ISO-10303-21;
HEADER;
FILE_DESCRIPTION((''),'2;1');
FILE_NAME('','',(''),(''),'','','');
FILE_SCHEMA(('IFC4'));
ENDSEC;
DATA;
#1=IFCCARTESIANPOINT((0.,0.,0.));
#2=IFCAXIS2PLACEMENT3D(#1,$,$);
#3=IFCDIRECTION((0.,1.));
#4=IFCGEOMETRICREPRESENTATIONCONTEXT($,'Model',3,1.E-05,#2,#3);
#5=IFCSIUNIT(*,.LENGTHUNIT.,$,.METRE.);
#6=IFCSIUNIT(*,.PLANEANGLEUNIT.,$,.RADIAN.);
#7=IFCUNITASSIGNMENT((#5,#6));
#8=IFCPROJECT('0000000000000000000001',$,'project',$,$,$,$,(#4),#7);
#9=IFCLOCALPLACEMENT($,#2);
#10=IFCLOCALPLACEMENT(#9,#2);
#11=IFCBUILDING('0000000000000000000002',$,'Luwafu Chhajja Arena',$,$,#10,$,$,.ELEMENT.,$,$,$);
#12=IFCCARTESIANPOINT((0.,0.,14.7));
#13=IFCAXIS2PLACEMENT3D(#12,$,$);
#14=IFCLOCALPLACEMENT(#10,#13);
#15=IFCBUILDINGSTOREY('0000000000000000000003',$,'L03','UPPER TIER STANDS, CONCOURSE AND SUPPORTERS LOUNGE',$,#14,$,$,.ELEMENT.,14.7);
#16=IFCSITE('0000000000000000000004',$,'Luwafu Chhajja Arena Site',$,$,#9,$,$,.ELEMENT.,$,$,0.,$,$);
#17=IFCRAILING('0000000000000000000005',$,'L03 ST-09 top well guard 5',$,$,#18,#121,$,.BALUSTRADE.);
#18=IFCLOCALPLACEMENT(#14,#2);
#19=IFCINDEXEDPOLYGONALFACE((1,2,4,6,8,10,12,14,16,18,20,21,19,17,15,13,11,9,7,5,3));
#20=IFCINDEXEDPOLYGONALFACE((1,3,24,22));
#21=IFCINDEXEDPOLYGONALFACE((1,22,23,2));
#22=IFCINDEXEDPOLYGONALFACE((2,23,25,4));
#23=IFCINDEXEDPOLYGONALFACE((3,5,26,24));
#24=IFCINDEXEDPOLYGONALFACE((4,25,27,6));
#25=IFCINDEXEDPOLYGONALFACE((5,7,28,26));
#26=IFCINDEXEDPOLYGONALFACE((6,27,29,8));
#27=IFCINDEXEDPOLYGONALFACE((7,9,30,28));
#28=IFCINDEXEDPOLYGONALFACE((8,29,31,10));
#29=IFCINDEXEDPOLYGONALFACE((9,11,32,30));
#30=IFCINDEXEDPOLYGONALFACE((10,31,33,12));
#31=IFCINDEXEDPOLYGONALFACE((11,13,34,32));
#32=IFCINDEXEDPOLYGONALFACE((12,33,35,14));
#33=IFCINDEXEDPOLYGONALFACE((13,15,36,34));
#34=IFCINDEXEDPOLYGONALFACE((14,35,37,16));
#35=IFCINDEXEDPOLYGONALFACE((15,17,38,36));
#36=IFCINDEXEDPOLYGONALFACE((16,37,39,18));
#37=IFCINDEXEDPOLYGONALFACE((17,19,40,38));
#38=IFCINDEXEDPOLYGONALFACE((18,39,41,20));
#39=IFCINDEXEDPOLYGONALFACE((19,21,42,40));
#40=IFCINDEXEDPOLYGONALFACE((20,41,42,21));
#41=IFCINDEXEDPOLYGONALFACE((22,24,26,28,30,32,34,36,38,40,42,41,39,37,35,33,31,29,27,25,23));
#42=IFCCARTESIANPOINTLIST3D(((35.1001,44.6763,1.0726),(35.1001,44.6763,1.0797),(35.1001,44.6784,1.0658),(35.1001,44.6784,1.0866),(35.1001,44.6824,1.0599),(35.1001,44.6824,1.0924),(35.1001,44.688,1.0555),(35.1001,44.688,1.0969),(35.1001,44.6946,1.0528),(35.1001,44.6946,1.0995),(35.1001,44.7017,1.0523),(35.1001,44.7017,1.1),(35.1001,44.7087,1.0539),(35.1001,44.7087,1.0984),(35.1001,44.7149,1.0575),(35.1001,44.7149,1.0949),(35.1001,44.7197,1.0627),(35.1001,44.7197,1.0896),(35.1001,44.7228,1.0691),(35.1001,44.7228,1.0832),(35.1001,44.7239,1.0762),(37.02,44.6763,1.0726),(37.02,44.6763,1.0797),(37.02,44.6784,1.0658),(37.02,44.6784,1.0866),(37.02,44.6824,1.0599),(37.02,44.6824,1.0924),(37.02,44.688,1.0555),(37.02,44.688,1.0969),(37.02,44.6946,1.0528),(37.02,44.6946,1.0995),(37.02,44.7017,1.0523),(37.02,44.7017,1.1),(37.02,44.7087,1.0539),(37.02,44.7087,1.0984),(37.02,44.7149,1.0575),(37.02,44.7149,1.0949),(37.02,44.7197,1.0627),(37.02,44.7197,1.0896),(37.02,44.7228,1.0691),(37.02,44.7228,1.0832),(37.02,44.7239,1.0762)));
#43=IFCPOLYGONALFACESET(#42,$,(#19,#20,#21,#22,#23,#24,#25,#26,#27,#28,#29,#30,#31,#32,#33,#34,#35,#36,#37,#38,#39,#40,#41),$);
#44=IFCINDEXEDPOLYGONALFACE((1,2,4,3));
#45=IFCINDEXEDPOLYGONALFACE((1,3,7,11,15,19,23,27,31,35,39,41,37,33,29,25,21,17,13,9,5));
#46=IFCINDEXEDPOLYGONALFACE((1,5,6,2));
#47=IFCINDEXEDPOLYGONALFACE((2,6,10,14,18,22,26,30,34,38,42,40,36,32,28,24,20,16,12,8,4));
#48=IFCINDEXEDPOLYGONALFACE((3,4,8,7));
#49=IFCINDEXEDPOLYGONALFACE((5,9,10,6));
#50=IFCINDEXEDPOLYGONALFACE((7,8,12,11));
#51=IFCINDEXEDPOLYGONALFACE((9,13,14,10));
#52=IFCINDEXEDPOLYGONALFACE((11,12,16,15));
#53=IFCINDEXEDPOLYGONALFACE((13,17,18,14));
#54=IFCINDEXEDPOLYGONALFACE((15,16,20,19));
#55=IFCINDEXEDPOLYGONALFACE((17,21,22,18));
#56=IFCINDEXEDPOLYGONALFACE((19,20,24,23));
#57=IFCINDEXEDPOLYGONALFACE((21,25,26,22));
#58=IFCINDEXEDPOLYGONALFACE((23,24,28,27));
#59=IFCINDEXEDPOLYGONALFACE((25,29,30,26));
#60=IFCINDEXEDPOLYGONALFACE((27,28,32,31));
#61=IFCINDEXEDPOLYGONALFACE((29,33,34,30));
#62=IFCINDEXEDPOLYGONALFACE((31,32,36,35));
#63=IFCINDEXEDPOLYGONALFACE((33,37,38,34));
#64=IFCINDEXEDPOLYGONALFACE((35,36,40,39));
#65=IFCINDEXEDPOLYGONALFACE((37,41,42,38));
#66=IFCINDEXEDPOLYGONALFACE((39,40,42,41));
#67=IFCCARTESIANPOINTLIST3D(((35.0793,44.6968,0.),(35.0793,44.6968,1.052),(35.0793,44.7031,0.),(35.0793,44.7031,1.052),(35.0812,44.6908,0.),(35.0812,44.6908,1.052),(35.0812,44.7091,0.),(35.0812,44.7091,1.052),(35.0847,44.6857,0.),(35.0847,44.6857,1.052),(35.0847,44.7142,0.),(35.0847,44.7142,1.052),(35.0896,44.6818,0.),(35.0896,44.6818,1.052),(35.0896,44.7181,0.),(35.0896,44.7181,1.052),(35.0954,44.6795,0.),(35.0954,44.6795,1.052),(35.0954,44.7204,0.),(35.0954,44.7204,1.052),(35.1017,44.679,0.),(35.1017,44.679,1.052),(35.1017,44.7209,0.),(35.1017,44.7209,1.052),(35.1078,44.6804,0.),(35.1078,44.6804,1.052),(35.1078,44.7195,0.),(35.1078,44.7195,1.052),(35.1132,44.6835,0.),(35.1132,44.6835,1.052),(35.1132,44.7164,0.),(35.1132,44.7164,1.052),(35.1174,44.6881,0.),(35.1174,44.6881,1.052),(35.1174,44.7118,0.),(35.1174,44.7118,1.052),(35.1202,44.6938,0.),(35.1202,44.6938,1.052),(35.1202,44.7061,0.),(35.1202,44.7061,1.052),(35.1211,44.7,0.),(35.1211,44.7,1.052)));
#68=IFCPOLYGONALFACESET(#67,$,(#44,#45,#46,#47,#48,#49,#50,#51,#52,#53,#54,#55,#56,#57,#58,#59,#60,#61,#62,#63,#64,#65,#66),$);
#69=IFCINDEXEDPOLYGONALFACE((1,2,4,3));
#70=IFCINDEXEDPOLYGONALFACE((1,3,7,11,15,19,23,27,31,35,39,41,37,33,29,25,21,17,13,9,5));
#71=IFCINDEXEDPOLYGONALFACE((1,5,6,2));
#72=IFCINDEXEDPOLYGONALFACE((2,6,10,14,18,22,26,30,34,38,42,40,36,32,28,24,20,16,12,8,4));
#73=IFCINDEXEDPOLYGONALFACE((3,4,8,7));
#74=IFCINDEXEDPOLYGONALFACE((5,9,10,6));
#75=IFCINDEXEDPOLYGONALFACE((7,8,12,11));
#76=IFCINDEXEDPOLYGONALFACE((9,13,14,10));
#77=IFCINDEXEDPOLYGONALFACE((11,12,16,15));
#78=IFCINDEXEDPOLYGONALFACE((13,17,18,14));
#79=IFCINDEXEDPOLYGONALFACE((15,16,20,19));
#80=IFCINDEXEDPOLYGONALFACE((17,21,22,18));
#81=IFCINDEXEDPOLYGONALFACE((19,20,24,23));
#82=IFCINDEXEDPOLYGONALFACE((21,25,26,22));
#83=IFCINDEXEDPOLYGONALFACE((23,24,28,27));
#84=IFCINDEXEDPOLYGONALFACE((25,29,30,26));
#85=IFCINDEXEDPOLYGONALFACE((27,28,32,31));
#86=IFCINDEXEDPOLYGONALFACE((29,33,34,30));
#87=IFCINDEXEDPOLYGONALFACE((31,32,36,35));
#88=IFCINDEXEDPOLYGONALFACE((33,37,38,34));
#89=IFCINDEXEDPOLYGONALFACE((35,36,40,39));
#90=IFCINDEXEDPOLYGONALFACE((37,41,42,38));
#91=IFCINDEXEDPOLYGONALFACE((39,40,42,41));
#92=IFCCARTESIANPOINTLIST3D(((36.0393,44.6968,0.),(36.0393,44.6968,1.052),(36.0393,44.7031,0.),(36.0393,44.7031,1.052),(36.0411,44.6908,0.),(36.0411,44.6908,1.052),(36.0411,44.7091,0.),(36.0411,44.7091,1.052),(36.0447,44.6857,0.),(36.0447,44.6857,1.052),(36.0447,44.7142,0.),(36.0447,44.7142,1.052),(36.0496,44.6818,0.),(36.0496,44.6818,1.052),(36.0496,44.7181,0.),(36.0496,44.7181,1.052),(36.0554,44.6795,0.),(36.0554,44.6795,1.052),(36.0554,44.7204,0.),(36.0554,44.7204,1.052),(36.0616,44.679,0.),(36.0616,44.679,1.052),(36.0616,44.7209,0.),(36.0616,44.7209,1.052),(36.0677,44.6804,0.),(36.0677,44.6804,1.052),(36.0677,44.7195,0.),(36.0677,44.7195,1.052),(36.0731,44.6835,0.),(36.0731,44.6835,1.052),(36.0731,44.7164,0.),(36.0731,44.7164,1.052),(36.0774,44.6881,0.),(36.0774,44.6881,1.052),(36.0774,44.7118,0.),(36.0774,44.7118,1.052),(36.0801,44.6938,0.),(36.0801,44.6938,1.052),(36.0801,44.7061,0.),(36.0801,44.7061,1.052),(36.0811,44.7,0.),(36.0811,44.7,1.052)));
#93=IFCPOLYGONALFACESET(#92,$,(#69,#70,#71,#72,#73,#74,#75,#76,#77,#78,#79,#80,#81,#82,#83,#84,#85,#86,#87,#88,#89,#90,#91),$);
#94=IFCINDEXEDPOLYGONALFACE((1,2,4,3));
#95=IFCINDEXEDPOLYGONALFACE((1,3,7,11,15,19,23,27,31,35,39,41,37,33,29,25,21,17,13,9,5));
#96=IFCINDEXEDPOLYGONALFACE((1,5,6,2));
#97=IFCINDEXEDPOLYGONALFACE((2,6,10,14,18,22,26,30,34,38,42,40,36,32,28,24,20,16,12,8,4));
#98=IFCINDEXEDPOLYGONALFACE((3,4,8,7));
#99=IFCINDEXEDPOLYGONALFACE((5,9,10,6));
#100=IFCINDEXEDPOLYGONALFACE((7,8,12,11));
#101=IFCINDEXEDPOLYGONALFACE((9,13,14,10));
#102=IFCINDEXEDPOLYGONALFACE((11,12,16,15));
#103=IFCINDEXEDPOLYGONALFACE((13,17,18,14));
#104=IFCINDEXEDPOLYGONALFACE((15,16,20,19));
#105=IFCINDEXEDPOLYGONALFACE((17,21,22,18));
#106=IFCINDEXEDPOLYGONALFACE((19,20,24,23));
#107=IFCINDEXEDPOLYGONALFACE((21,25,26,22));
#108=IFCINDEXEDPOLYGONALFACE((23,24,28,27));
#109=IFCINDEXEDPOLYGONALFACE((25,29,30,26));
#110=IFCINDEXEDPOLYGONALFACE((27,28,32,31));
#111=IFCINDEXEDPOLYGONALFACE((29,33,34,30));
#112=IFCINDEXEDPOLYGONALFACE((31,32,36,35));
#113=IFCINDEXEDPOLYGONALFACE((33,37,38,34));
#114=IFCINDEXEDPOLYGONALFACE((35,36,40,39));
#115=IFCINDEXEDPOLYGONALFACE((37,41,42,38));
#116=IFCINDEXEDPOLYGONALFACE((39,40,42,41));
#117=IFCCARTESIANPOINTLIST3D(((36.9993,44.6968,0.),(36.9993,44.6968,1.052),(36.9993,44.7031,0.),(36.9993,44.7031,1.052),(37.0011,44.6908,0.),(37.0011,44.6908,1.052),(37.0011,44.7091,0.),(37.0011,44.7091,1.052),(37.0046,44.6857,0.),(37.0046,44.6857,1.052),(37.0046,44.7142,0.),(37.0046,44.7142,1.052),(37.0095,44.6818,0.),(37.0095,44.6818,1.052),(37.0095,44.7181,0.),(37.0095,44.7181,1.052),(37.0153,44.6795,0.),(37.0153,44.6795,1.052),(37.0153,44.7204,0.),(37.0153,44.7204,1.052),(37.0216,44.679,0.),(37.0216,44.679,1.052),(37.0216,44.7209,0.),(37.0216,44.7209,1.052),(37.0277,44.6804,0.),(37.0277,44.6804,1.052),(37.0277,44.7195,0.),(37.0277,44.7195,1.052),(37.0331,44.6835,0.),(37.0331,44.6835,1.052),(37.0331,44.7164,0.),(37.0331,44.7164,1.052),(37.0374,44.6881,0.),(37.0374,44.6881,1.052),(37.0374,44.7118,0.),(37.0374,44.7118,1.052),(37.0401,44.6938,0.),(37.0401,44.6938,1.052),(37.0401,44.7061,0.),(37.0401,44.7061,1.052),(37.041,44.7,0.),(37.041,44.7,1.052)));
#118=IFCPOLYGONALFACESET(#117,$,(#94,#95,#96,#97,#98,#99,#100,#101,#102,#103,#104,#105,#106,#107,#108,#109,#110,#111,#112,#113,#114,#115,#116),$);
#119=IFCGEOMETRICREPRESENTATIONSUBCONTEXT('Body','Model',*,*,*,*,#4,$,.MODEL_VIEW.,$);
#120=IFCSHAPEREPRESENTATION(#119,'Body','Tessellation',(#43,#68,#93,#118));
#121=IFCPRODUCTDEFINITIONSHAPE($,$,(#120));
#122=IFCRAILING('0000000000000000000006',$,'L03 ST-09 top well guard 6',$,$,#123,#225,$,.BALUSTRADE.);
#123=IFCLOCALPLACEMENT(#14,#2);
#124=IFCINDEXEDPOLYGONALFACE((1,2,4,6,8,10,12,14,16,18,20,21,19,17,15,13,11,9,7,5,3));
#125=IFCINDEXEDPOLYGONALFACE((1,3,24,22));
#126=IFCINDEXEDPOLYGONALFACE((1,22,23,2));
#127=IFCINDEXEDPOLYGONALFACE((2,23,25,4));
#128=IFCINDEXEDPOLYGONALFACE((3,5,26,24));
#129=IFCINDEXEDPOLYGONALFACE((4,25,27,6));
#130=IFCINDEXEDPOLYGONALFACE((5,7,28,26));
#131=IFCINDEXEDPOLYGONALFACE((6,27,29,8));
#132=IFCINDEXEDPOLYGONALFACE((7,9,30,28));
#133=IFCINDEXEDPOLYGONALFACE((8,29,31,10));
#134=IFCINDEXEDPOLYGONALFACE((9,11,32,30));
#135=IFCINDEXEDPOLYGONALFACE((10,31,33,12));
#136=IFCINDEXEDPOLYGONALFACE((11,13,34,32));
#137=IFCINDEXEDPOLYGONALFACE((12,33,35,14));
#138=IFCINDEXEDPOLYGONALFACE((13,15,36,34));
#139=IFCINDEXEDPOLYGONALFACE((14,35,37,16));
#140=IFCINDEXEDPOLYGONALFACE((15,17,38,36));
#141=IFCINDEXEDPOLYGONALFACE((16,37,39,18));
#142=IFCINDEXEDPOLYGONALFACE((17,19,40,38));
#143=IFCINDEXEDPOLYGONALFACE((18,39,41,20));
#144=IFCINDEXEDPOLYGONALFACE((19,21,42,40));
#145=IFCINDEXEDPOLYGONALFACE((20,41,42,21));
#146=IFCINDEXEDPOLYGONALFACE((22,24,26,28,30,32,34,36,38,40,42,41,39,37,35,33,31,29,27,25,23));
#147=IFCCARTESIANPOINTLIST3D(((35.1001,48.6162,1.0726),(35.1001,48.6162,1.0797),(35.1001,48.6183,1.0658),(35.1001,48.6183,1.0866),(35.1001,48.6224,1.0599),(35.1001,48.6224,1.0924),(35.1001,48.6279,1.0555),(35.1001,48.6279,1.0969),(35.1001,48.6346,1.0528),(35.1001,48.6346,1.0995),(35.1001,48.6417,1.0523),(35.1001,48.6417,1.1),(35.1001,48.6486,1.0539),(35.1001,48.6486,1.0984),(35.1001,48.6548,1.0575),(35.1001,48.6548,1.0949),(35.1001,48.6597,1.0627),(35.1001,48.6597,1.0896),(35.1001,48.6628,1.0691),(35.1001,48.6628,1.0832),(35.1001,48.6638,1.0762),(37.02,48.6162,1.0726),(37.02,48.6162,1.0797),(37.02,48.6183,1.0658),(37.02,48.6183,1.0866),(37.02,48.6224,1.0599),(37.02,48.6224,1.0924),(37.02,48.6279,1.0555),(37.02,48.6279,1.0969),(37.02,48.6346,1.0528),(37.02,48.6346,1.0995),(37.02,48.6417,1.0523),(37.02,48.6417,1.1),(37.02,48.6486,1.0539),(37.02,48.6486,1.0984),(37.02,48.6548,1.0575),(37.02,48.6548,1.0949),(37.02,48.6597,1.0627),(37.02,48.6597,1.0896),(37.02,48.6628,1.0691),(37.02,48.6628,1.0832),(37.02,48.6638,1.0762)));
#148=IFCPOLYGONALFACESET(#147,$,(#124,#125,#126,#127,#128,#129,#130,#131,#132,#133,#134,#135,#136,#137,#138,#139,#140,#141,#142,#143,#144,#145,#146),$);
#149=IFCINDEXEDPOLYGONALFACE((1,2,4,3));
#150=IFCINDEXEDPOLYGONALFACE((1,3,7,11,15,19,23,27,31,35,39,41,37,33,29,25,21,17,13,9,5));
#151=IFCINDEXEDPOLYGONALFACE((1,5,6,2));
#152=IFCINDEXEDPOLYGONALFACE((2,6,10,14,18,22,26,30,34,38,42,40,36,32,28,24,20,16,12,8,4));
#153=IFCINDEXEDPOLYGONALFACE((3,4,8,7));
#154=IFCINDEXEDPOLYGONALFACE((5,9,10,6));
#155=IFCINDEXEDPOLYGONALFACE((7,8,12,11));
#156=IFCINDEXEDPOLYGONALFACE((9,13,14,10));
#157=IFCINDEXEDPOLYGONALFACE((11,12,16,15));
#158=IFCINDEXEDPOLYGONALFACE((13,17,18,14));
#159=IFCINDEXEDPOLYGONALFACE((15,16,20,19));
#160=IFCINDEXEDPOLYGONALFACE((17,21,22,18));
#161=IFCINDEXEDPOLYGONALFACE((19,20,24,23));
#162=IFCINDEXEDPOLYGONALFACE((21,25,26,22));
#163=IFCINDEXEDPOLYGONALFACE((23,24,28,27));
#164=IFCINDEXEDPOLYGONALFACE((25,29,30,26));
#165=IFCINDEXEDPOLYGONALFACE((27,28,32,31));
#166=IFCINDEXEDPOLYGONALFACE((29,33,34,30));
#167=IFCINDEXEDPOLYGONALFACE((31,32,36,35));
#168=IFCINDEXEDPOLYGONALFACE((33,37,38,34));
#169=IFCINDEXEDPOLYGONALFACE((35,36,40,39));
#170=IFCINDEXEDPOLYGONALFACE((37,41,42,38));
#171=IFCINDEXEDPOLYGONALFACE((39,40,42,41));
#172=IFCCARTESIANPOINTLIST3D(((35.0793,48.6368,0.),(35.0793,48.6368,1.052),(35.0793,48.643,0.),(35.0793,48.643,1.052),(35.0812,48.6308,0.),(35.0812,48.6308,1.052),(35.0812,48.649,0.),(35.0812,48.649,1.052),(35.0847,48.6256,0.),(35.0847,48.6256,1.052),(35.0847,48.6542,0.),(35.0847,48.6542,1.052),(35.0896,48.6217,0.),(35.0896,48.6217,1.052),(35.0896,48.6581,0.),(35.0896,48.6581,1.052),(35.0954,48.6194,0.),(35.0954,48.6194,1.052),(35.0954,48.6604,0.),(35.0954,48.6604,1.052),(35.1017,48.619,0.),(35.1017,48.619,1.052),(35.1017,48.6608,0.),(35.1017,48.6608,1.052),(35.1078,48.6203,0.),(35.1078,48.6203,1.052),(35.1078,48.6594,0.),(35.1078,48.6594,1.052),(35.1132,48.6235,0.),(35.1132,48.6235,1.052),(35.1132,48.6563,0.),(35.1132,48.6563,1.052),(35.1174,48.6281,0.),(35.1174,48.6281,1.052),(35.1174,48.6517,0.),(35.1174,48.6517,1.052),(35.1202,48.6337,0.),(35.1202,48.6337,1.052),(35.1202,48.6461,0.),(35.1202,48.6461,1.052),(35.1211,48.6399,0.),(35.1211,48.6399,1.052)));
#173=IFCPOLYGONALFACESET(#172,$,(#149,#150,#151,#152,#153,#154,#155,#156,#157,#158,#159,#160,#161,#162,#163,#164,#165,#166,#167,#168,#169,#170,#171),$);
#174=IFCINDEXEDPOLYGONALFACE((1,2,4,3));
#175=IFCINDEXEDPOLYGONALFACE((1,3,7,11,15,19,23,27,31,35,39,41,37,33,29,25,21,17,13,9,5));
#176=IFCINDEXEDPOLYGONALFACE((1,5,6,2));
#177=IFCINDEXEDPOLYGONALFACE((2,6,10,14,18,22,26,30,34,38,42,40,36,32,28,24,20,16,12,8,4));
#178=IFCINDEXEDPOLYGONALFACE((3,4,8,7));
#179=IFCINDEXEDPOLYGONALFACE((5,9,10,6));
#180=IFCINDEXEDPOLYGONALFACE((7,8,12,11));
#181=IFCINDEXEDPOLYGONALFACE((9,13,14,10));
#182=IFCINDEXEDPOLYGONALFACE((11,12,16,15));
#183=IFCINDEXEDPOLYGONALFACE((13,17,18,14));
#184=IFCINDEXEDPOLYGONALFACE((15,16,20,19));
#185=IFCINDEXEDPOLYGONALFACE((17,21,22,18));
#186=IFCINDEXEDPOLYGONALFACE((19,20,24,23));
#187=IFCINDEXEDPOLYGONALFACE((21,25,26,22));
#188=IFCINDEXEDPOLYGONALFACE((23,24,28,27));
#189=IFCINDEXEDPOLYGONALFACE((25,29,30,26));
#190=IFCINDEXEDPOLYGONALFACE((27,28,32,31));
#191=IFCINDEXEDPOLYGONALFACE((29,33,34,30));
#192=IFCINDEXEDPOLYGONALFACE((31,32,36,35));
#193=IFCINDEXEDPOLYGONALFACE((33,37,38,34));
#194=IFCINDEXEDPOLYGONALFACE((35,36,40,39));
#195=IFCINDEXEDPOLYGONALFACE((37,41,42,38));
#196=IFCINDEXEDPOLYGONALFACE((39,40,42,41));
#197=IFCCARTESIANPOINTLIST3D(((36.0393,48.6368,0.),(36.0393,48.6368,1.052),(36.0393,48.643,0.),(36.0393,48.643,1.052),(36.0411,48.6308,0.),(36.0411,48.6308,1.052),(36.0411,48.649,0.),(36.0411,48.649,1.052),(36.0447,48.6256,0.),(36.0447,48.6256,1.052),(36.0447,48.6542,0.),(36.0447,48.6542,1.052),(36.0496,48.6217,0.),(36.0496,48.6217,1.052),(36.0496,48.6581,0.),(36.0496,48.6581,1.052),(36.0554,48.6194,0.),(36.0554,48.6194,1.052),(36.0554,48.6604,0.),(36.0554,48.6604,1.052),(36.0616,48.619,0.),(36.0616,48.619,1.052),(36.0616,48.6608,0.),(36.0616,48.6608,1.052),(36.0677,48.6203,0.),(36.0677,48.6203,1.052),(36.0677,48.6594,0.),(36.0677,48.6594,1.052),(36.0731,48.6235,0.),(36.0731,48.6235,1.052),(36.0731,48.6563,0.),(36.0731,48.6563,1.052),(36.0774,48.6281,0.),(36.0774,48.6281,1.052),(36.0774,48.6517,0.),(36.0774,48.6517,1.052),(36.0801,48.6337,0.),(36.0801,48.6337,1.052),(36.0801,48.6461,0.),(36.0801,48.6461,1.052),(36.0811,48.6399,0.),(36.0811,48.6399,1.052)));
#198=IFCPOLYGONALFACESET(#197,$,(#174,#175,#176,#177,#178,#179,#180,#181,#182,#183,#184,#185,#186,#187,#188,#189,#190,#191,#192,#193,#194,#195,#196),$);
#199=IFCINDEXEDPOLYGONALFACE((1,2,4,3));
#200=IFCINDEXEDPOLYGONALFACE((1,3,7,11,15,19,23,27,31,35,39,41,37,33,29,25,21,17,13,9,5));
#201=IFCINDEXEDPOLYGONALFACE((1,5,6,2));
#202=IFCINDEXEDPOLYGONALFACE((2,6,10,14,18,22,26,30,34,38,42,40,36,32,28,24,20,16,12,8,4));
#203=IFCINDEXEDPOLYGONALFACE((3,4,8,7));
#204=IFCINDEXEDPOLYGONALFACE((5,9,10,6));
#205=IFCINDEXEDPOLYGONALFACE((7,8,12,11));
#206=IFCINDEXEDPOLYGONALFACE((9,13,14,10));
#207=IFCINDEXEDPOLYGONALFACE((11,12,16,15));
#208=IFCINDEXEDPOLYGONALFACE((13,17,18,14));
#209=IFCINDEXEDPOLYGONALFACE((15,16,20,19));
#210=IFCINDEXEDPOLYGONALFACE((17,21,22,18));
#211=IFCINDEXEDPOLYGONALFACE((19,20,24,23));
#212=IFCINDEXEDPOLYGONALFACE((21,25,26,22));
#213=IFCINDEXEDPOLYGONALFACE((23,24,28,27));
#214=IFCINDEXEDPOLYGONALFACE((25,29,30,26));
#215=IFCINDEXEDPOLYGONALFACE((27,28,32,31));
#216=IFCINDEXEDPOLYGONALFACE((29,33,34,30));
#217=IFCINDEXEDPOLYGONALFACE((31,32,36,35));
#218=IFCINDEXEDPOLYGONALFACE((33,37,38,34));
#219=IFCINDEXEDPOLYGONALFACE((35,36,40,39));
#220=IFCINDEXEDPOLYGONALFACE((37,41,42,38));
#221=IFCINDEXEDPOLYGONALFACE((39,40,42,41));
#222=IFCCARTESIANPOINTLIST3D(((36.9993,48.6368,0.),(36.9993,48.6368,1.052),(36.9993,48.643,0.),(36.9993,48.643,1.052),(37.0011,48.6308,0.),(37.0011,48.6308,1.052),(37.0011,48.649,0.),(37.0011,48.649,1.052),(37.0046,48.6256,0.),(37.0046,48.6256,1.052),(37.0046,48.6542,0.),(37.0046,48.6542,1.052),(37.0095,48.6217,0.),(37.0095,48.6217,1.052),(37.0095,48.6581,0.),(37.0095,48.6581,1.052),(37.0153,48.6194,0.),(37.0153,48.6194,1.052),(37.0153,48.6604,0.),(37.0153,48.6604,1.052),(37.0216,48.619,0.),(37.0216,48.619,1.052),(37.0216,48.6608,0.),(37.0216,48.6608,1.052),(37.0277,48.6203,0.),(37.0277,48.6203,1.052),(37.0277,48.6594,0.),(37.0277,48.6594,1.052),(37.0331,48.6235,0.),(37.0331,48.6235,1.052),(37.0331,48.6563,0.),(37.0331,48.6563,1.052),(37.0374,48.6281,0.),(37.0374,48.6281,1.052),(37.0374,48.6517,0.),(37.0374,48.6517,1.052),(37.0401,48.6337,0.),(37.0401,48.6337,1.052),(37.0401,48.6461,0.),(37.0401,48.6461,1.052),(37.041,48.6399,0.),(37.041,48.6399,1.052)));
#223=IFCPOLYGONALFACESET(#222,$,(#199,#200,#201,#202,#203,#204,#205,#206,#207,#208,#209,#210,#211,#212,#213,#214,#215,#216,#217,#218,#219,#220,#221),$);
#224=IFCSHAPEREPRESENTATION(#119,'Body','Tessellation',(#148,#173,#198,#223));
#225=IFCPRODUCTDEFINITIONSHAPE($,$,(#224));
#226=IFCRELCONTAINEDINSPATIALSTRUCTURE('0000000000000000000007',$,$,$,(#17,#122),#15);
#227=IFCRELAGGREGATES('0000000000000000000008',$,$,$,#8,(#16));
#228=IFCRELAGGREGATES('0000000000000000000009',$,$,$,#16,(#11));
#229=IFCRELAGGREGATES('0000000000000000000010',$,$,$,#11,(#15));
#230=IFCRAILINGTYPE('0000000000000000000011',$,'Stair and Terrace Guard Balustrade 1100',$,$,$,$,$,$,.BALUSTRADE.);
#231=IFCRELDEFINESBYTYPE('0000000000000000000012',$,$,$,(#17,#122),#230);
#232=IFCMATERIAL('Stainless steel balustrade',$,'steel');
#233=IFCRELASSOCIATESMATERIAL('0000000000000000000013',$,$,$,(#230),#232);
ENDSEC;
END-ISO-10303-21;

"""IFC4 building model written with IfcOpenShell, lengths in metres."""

from ifc_helpers import new_model, si_unit, direction, frame, origin, origin_2d, place, context, subcontext, project, spatial, circle, extrude, material, type_object, element, save


model = new_model("IFC4")

# Units and contexts
model_context = context("Model", 3, precision=1e-05, world=origin(), true_north=direction((0.0, 1.0)))
body_context = subcontext(model_context, "Body", "Model", "MODEL_VIEW")
ifc_project = project(units=[si_unit("LENGTHUNIT", "METRE"), si_unit("PLANEANGLEUNIT", "RADIAN")], contexts=[model_context])

# Site, building, storey
site_placement = place(None, origin())
site = spatial("IfcSite", under=ifc_project, at=site_placement, Name="Luwafu Chhajja Arena Site", CompositionType="ELEMENT", RefElevation=0.0)
building_placement = place(site_placement, origin())
building = spatial("IfcBuilding", under=site, at=building_placement, Name="Luwafu Chhajja Arena", CompositionType="ELEMENT")
storey_placement = place(building_placement, frame((0.0, 0.0, 14.7)))
storey = spatial("IfcBuildingStorey", under=building, at=storey_placement, Name="L03", Description="UPPER TIER STANDS, CONCOURSE AND SUPPORTERS LOUNGE", CompositionType="ELEMENT", Elevation=14.7)

# Railings
ifc_material_1 = material(Name="Stainless steel balustrade", Category="steel")
railing_type = type_object("IfcRailingType", Name="Stair and Terrace Guard Balustrade 1100", PredefinedType="BALUSTRADE", material=ifc_material_1)
for number, where, name in (
    (1, (35.1001, 44.7, 0.0), "L03 ST-09 top well guard 5"),
    (2, (35.1001, 48.6399, 0.0), "L03 ST-09 top well guard 6"),
):
    element("IfcRailing", number, at=place(storey_placement, frame(where)), inside=storey, type_object=railing_type, Name=name, PredefinedType="BALUSTRADE", context=body_context, shape_type="SweptSolid", body=[
        extrude(circle(Radius=0.0239, at=origin_2d()), frame((0.0, 0.0, 1.0762), z_axis=(1.0, 0.0, 0.0), x_axis=(0.0, 1.0, 0.0)), (0.0, 0.0, 1.0), 1.9199),
        extrude(circle(Radius=0.021, at=origin_2d()), origin(), (0.0, 0.0, 1.0), 1.052),
        extrude(circle(Radius=0.021, at=origin_2d()), frame((0.96, 0.0, 0.0)), (0.0, 0.0, 1.0), 1.052),
        extrude(circle(Radius=0.021, at=origin_2d()), frame((1.9199, 0.0, 0.0)), (0.0, 0.0, 1.0), 1.052),
    ])

save(model, "model.ifc")
